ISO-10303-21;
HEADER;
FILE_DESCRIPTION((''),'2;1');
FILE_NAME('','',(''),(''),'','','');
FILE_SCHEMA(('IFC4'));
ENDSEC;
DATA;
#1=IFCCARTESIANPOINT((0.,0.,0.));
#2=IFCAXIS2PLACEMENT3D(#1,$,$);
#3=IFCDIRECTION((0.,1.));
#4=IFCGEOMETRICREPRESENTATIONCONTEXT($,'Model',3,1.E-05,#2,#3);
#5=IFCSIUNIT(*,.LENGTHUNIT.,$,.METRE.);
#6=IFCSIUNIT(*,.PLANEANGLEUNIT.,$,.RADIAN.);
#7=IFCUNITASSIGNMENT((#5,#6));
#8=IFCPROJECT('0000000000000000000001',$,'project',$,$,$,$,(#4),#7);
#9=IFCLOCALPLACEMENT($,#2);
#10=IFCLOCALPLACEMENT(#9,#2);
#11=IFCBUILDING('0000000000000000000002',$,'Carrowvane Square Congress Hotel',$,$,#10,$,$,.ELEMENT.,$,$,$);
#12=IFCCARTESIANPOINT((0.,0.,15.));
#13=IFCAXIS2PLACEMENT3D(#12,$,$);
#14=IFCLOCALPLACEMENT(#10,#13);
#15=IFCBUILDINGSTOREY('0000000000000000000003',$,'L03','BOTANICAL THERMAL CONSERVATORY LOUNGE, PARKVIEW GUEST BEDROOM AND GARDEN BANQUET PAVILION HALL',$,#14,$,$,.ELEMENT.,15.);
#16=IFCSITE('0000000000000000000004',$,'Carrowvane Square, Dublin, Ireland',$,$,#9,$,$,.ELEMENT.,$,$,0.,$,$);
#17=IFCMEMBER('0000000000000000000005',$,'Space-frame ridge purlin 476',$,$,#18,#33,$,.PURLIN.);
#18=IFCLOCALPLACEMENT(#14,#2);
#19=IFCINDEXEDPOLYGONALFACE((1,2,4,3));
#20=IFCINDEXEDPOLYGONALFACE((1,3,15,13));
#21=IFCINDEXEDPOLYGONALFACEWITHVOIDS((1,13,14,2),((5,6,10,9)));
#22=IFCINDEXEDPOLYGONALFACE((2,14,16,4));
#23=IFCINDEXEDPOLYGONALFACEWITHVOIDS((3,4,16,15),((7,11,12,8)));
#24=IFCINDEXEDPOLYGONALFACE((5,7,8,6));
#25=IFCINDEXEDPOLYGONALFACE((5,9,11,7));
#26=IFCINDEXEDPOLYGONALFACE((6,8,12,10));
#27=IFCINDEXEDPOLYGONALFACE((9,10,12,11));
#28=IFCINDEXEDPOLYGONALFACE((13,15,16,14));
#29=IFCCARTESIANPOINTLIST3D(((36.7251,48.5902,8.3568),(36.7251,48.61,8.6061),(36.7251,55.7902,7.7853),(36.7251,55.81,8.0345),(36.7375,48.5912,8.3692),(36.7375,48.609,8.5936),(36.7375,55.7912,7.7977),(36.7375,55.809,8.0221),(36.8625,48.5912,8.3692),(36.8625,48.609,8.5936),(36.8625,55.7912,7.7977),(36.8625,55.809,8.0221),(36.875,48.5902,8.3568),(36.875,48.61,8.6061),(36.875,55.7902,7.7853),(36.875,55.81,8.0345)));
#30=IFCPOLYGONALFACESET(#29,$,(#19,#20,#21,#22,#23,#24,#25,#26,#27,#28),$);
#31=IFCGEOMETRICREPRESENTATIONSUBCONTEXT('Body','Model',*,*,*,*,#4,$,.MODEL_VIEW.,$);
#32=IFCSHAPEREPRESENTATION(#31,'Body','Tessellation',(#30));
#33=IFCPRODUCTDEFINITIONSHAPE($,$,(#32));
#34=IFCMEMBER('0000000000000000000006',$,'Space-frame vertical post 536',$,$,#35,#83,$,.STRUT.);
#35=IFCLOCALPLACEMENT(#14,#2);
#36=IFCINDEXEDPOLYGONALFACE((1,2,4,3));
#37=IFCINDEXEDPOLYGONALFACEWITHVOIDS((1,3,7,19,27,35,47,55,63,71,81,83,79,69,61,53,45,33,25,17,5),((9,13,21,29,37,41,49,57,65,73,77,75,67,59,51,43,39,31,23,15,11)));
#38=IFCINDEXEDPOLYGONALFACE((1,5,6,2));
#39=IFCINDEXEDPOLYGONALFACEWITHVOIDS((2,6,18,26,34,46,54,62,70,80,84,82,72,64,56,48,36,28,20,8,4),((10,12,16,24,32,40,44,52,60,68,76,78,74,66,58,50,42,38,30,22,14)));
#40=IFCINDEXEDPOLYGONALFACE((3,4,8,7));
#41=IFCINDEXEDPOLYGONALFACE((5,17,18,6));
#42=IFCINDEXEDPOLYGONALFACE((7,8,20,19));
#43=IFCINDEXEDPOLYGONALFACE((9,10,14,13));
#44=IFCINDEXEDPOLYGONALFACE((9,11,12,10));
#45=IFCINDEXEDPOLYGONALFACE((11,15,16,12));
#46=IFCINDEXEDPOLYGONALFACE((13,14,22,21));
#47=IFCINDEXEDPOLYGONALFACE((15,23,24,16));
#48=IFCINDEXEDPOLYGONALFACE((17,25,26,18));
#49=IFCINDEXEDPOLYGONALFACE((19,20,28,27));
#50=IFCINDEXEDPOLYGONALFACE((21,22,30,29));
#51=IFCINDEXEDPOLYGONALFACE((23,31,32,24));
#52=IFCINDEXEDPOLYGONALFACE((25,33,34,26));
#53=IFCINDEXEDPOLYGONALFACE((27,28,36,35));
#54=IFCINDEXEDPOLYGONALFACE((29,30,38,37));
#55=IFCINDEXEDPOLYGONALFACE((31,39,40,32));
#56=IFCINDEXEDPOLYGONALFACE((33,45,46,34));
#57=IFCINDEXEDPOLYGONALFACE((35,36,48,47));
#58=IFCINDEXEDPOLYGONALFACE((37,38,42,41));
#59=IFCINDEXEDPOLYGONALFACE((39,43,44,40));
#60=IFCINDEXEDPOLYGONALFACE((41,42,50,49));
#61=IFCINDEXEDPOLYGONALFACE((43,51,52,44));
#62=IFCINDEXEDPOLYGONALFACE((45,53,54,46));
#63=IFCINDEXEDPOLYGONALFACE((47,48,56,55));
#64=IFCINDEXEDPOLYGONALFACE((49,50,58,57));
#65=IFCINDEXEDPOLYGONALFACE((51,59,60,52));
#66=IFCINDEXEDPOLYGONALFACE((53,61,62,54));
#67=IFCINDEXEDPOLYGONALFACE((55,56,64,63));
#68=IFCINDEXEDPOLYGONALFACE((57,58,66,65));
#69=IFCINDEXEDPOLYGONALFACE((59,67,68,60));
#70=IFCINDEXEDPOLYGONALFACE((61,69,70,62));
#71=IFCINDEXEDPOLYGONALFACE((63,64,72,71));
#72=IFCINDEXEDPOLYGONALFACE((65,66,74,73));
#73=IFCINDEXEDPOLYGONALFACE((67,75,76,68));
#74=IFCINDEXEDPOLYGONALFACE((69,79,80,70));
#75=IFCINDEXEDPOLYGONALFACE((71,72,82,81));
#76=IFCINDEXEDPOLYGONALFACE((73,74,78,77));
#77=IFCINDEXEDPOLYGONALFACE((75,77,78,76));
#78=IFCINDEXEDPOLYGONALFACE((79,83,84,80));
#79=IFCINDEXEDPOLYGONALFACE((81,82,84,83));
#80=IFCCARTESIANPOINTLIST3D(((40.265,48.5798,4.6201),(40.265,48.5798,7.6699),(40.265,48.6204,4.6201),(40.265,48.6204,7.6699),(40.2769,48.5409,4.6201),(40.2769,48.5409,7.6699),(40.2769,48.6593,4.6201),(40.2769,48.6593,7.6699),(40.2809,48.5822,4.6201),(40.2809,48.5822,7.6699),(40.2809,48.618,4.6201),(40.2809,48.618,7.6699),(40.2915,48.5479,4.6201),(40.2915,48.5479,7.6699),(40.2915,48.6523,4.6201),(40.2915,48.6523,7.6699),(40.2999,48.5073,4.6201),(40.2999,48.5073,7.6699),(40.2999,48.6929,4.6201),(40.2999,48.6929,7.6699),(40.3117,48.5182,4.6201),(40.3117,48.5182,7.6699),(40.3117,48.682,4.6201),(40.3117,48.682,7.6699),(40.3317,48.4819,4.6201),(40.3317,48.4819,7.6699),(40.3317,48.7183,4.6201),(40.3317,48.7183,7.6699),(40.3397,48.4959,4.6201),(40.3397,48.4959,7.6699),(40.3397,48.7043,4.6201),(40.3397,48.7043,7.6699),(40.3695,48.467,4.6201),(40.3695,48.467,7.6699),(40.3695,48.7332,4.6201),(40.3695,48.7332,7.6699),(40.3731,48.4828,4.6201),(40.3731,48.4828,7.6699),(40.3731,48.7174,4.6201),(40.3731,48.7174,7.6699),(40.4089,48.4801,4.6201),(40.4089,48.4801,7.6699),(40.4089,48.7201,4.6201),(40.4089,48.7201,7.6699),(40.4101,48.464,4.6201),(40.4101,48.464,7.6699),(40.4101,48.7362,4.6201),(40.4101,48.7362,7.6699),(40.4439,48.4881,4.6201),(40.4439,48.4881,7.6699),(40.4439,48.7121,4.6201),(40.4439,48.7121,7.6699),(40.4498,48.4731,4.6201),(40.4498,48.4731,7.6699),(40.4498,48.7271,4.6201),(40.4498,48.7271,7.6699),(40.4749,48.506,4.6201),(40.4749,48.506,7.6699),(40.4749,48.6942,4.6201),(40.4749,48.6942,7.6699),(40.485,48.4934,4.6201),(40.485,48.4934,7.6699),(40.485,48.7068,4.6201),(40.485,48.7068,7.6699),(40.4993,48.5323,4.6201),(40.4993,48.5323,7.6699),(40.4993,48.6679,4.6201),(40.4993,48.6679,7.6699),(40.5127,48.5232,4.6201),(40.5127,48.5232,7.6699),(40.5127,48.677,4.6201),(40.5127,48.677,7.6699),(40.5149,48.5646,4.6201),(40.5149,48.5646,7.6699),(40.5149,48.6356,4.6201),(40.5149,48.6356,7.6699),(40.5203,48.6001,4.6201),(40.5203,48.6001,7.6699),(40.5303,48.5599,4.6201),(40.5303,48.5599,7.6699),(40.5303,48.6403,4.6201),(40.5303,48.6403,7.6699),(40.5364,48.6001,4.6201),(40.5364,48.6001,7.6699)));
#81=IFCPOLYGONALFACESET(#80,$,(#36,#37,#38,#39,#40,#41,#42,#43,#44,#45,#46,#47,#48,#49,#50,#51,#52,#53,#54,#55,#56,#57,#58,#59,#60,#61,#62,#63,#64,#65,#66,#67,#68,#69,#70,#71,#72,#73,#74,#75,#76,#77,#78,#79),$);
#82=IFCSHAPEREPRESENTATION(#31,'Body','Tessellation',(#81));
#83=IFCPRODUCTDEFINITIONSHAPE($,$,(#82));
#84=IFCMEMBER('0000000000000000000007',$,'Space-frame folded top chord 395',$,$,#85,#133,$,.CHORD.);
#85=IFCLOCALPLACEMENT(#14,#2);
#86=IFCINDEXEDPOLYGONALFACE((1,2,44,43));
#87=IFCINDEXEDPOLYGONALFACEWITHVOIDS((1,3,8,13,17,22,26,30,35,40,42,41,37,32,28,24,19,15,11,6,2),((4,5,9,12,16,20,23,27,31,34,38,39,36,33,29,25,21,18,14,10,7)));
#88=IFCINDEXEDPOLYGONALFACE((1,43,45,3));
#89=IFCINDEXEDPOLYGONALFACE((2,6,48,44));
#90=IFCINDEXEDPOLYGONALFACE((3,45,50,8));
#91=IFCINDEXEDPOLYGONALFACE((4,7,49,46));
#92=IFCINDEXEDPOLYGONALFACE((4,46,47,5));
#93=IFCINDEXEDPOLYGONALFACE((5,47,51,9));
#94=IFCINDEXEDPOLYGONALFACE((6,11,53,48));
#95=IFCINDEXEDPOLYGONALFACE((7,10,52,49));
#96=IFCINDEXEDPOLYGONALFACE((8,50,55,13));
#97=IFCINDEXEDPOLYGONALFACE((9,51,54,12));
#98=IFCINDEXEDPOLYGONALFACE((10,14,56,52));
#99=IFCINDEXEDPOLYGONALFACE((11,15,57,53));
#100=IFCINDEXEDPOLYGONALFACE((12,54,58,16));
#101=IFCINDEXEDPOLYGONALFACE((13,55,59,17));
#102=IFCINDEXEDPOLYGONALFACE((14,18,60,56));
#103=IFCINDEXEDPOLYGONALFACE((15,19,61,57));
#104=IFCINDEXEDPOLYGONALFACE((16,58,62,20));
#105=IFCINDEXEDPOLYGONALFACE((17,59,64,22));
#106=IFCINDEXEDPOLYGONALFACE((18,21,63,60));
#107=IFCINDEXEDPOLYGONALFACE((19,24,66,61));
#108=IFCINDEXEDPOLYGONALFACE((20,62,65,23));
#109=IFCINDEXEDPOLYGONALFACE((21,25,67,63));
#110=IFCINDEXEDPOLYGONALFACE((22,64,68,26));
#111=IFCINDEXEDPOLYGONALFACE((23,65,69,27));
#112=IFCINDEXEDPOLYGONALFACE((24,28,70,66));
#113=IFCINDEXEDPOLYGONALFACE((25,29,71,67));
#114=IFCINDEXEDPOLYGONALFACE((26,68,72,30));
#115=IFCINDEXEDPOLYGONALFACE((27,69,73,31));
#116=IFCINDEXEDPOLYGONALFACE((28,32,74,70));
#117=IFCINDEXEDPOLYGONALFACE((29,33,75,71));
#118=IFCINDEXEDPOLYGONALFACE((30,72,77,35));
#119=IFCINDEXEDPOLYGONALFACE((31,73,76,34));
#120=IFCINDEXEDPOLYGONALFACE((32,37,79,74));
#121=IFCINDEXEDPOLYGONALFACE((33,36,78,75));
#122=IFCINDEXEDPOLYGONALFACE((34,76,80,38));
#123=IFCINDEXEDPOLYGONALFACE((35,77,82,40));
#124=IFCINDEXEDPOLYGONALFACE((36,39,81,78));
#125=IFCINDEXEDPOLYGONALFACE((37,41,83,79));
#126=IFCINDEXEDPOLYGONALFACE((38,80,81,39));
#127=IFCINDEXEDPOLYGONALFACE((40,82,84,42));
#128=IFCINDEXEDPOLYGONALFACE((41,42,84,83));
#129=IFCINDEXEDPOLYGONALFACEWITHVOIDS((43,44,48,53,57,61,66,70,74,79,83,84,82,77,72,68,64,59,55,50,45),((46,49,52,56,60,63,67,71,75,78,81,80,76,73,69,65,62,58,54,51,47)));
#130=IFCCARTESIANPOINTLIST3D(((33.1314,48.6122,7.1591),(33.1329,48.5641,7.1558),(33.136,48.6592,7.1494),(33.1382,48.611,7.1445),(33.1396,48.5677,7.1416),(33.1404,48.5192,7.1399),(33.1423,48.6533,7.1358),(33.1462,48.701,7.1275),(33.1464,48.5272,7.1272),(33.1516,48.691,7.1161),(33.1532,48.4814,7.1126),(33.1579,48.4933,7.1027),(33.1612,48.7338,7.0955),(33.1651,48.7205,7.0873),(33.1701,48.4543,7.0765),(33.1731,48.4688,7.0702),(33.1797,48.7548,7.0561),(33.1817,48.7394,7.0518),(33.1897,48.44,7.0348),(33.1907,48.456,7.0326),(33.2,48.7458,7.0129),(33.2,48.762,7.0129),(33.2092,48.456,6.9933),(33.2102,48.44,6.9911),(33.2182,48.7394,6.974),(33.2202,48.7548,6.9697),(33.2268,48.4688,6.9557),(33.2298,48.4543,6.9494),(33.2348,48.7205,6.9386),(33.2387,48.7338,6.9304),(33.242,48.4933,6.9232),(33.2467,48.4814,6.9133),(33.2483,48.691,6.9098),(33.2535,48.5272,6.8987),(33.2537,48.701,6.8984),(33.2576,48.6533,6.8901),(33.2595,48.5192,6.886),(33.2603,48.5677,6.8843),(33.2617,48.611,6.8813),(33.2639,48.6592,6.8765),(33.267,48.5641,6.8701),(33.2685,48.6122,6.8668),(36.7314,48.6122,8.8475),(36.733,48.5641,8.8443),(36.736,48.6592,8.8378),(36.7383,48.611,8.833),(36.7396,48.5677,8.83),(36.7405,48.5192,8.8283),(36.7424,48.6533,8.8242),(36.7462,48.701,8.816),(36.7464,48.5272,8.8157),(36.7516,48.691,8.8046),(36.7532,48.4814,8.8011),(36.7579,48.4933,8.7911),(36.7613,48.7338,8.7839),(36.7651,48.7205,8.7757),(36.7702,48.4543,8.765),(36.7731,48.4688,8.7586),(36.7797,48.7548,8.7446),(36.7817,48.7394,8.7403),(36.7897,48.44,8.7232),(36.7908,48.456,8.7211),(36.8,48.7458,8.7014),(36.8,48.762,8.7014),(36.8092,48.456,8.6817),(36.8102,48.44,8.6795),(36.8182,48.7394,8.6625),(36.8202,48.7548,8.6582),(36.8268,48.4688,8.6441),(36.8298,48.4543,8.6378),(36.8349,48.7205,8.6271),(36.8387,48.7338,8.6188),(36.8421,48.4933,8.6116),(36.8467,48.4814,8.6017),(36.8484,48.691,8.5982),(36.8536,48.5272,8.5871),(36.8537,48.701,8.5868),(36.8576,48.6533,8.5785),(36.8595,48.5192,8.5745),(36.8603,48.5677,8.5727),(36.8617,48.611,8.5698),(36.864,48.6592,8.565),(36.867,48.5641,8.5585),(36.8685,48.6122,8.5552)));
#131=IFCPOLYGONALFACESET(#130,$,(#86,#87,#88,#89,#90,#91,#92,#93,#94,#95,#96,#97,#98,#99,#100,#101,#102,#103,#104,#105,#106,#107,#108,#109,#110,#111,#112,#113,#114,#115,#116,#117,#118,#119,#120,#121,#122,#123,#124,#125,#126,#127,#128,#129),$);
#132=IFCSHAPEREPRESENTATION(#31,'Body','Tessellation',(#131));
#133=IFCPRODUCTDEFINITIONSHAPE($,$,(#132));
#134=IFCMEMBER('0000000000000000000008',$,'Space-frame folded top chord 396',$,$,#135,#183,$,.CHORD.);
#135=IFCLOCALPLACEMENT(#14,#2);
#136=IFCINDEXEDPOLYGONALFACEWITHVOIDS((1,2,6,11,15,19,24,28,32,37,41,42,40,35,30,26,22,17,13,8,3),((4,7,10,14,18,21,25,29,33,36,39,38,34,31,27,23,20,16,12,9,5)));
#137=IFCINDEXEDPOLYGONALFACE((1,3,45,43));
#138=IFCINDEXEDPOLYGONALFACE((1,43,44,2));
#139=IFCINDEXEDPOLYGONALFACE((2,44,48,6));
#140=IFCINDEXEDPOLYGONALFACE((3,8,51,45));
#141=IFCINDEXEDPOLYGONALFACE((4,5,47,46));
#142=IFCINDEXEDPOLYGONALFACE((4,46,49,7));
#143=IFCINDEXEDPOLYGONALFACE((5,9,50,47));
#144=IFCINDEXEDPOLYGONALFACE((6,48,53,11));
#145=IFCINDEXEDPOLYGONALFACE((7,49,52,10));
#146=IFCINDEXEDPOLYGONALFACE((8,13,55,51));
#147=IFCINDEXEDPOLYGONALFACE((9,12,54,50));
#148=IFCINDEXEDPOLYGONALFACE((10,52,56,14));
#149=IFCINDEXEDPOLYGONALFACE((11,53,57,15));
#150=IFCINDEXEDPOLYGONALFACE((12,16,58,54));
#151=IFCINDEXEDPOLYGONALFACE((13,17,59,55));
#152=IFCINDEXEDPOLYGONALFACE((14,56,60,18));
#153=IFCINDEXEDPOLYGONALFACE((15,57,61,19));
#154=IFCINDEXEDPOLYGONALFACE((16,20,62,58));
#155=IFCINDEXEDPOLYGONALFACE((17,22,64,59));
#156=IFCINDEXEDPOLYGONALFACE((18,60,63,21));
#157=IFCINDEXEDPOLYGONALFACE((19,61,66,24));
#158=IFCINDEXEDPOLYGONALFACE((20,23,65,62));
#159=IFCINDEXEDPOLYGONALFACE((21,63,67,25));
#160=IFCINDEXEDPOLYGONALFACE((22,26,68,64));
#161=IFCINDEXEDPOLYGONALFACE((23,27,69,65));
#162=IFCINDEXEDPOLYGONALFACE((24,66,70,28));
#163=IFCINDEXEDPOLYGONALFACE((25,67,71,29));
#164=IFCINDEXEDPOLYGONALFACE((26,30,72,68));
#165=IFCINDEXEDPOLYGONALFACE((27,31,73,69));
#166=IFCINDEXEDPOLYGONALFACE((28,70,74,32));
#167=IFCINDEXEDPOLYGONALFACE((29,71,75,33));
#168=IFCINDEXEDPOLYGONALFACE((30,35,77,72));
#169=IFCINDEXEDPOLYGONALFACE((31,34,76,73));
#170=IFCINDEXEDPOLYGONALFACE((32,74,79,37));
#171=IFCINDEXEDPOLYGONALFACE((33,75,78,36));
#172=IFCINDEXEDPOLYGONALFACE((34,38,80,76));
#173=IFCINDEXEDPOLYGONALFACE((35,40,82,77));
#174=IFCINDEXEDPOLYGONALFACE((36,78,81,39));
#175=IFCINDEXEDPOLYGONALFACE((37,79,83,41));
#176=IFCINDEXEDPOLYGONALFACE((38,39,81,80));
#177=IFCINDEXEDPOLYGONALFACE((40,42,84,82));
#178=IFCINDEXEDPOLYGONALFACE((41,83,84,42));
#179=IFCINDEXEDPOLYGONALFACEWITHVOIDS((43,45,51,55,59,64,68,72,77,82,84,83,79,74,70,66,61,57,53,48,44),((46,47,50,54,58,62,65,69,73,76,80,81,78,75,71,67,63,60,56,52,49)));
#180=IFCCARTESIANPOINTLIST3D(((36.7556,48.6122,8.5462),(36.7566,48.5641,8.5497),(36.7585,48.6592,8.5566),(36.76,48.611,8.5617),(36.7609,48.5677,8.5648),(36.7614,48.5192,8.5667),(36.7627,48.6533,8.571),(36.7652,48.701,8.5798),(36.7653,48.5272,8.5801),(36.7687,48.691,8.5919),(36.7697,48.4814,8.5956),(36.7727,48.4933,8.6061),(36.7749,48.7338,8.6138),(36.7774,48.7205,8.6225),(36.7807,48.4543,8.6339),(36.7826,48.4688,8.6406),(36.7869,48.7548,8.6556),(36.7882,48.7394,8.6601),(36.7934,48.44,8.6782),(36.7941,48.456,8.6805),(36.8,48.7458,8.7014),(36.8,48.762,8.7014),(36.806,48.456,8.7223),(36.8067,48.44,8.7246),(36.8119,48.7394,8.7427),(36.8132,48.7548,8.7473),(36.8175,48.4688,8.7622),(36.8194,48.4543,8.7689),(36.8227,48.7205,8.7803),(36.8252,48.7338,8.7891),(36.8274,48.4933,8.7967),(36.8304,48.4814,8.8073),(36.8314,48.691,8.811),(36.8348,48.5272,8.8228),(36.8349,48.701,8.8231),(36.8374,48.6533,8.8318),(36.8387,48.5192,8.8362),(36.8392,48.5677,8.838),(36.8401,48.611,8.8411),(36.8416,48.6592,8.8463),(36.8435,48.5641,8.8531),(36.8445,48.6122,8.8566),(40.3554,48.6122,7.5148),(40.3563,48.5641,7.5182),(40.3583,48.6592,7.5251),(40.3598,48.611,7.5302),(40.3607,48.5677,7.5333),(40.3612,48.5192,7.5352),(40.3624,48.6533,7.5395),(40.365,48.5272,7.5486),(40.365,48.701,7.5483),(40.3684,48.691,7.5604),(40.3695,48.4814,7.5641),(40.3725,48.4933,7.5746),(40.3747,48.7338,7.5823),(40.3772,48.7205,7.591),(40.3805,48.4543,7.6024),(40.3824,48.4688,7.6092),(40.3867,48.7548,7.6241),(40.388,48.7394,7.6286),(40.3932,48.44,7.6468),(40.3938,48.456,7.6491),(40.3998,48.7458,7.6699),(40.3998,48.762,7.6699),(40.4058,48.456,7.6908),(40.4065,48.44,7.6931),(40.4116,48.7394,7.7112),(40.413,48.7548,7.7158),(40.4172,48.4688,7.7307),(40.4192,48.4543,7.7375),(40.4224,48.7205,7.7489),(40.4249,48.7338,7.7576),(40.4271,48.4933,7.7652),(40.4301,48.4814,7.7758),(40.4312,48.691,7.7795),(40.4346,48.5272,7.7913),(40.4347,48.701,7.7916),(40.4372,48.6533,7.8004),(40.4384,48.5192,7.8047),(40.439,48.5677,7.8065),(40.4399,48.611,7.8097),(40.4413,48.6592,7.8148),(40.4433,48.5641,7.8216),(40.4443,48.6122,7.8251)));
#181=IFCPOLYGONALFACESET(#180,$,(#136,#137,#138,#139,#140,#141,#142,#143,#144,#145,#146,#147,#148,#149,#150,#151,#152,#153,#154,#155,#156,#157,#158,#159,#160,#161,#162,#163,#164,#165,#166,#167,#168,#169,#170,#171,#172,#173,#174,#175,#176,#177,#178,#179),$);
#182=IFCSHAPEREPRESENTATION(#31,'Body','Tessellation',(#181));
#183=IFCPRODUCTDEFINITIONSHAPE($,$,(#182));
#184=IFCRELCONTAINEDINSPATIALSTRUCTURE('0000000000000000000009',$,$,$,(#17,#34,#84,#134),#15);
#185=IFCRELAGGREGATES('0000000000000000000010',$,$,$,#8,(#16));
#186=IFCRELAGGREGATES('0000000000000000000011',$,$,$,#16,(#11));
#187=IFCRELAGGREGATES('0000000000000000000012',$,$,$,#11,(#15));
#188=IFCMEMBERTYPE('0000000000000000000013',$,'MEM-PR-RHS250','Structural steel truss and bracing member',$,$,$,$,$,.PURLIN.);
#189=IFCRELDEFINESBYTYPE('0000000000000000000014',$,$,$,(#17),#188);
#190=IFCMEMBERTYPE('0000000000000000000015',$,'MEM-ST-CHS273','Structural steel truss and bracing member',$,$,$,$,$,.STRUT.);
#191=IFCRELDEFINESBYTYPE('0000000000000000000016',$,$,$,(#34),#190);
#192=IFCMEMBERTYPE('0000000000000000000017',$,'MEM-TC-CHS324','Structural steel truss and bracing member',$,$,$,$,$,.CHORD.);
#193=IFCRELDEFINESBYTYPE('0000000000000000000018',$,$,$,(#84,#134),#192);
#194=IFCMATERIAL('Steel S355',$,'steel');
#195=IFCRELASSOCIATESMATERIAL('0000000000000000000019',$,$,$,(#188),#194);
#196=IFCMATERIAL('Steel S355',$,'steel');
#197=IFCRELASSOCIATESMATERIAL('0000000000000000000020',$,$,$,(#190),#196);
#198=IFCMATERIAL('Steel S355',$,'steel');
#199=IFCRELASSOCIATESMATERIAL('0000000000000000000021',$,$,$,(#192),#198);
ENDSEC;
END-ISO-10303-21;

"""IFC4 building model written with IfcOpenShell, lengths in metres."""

from ifc_helpers import new_model, si_unit, direction, frame, origin, origin_2d, place, context, subcontext, project, spatial, hollow_rectangle, hollow_circle, extrude, material, material_profile, profile_set, type_object, element, save


model = new_model("IFC4")

# Units and contexts
model_context = context("Model", 3, precision=1e-05, world=origin(), true_north=direction((0.0, 1.0)))
body_context = subcontext(model_context, "Body", "Model", "MODEL_VIEW")
ifc_project = project(units=[si_unit("LENGTHUNIT", "METRE"), si_unit("PLANEANGLEUNIT", "RADIAN")], contexts=[model_context])

# Site, building, storey
site_placement = place(None, origin())
site = spatial("IfcSite", under=ifc_project, at=site_placement, Name="Carrowvane Square, Dublin, Ireland", CompositionType="ELEMENT", RefElevation=0.0)
building_placement = place(site_placement, origin())
building = spatial("IfcBuilding", under=site, at=building_placement, Name="Carrowvane Square Congress Hotel", CompositionType="ELEMENT")
storey_placement = place(building_placement, frame((0.0, 0.0, 15.0)))
storey = spatial("IfcBuildingStorey", under=building, at=storey_placement, Name="L03", Description="BOTANICAL THERMAL CONSERVATORY LOUNGE, PARKVIEW GUEST BEDROOM AND GARDEN BANQUET PAVILION HALL", CompositionType="ELEMENT", Elevation=15.0)

# Members
ifc_material_1 = material(Name="Steel S355", Category="steel")
ifc_material_profile_1 = material_profile(ifc_material_1, hollow_rectangle(XDim=0.1499, YDim=0.25, WallThickness=0.0125, at=origin_2d()), Name="RHS 250x150x12.5")
ifc_profile_set_1 = profile_set([ifc_material_profile_1], Name="Steel S355")
member_type_1 = type_object("IfcMemberType", Name="MEM-PR-RHS250", Description="Structural steel truss and bracing member", PredefinedType="PURLIN", material=ifc_profile_set_1)
member_1_placement = place(storey_placement, frame((36.8, 48.6001, 8.4814), z_axis=(0.0, 0.996864, -0.079131), x_axis=(-1.0, 0.0, 0.0)))
element("IfcMember", 1, at=member_1_placement, inside=storey, type_object=member_type_1, Name="Space-frame ridge purlin 476", PredefinedType="PURLIN", context=body_context, shape_type="SweptSolid", body=[
    extrude(hollow_rectangle(XDim=0.1499, YDim=0.25, WallThickness=0.0125, at=origin_2d()), origin(), (0.0, 0.0, 1.0), 7.2227),
])
ifc_material_2 = material(Name="Steel S355", Category="steel")
ifc_material_profile_2 = material_profile(ifc_material_2, hollow_circle(Radius=0.1365, WallThickness=0.0161, at=origin_2d()), Name="CHS 273.0x16")
ifc_profile_set_2 = profile_set([ifc_material_profile_2], Name="Steel S355")
member_type_2 = type_object("IfcMemberType", Name="MEM-ST-CHS273", Description="Structural steel truss and bracing member", PredefinedType="STRUT", material=ifc_profile_set_2)
member_2_placement = place(storey_placement, frame((40.3999, 48.6001, 4.6201), z_axis=(0.0, 0.0, 1.0), x_axis=(1.0, 0.0, 0.0)))
element("IfcMember", 2, at=member_2_placement, inside=storey, type_object=member_type_2, Name="Space-frame vertical post 536", PredefinedType="STRUT", context=body_context, shape_type="SweptSolid", body=[
    extrude(hollow_circle(Radius=0.1365, WallThickness=0.0161, at=origin_2d()), origin(), (0.0, 0.0, 1.0), 3.0498),
])
ifc_material_3 = material(Name="Steel S355", Category="steel")
ifc_material_profile_3 = material_profile(ifc_material_3, hollow_circle(Radius=0.1619, WallThickness=0.0161, at=origin_2d()), Name="CHS 323.9x16")
ifc_profile_set_3 = profile_set([ifc_material_profile_3], Name="Steel S355")
member_type_3 = type_object("IfcMemberType", Name="MEM-TC-CHS324", Description="Structural steel truss and bracing member", PredefinedType="CHORD", material=ifc_profile_set_3)
member_3_placement = place(storey_placement, frame((33.2, 48.6001, 7.0129), z_axis=(0.905369, 0.0, 0.424626), x_axis=(0.0, 1.0, 0.0)))
element("IfcMember", 3, at=member_3_placement, inside=storey, type_object=member_type_3, Name="Space-frame folded top chord 395", PredefinedType="CHORD", context=body_context, shape_type="SweptSolid", body=[
    extrude(hollow_circle(Radius=0.1619, WallThickness=0.0161, at=origin_2d()), origin(), (0.0, 0.0, 1.0), 3.9763),
])
member_4_placement = place(storey_placement, frame((36.8, 48.6001, 8.7014), z_axis=(0.961315, 0.0, -0.275453), x_axis=(0.0, 1.0, 0.0)))
element("IfcMember", 4, at=member_4_placement, inside=storey, type_object=member_type_3, Name="Space-frame folded top chord 396", PredefinedType="CHORD", context=body_context, shape_type="SweptSolid", body=[
    extrude(hollow_circle(Radius=0.1619, WallThickness=0.0161, at=origin_2d()), origin(), (0.0, 0.0, 1.0), 3.7446),
])

save(model, "model.ifc")
